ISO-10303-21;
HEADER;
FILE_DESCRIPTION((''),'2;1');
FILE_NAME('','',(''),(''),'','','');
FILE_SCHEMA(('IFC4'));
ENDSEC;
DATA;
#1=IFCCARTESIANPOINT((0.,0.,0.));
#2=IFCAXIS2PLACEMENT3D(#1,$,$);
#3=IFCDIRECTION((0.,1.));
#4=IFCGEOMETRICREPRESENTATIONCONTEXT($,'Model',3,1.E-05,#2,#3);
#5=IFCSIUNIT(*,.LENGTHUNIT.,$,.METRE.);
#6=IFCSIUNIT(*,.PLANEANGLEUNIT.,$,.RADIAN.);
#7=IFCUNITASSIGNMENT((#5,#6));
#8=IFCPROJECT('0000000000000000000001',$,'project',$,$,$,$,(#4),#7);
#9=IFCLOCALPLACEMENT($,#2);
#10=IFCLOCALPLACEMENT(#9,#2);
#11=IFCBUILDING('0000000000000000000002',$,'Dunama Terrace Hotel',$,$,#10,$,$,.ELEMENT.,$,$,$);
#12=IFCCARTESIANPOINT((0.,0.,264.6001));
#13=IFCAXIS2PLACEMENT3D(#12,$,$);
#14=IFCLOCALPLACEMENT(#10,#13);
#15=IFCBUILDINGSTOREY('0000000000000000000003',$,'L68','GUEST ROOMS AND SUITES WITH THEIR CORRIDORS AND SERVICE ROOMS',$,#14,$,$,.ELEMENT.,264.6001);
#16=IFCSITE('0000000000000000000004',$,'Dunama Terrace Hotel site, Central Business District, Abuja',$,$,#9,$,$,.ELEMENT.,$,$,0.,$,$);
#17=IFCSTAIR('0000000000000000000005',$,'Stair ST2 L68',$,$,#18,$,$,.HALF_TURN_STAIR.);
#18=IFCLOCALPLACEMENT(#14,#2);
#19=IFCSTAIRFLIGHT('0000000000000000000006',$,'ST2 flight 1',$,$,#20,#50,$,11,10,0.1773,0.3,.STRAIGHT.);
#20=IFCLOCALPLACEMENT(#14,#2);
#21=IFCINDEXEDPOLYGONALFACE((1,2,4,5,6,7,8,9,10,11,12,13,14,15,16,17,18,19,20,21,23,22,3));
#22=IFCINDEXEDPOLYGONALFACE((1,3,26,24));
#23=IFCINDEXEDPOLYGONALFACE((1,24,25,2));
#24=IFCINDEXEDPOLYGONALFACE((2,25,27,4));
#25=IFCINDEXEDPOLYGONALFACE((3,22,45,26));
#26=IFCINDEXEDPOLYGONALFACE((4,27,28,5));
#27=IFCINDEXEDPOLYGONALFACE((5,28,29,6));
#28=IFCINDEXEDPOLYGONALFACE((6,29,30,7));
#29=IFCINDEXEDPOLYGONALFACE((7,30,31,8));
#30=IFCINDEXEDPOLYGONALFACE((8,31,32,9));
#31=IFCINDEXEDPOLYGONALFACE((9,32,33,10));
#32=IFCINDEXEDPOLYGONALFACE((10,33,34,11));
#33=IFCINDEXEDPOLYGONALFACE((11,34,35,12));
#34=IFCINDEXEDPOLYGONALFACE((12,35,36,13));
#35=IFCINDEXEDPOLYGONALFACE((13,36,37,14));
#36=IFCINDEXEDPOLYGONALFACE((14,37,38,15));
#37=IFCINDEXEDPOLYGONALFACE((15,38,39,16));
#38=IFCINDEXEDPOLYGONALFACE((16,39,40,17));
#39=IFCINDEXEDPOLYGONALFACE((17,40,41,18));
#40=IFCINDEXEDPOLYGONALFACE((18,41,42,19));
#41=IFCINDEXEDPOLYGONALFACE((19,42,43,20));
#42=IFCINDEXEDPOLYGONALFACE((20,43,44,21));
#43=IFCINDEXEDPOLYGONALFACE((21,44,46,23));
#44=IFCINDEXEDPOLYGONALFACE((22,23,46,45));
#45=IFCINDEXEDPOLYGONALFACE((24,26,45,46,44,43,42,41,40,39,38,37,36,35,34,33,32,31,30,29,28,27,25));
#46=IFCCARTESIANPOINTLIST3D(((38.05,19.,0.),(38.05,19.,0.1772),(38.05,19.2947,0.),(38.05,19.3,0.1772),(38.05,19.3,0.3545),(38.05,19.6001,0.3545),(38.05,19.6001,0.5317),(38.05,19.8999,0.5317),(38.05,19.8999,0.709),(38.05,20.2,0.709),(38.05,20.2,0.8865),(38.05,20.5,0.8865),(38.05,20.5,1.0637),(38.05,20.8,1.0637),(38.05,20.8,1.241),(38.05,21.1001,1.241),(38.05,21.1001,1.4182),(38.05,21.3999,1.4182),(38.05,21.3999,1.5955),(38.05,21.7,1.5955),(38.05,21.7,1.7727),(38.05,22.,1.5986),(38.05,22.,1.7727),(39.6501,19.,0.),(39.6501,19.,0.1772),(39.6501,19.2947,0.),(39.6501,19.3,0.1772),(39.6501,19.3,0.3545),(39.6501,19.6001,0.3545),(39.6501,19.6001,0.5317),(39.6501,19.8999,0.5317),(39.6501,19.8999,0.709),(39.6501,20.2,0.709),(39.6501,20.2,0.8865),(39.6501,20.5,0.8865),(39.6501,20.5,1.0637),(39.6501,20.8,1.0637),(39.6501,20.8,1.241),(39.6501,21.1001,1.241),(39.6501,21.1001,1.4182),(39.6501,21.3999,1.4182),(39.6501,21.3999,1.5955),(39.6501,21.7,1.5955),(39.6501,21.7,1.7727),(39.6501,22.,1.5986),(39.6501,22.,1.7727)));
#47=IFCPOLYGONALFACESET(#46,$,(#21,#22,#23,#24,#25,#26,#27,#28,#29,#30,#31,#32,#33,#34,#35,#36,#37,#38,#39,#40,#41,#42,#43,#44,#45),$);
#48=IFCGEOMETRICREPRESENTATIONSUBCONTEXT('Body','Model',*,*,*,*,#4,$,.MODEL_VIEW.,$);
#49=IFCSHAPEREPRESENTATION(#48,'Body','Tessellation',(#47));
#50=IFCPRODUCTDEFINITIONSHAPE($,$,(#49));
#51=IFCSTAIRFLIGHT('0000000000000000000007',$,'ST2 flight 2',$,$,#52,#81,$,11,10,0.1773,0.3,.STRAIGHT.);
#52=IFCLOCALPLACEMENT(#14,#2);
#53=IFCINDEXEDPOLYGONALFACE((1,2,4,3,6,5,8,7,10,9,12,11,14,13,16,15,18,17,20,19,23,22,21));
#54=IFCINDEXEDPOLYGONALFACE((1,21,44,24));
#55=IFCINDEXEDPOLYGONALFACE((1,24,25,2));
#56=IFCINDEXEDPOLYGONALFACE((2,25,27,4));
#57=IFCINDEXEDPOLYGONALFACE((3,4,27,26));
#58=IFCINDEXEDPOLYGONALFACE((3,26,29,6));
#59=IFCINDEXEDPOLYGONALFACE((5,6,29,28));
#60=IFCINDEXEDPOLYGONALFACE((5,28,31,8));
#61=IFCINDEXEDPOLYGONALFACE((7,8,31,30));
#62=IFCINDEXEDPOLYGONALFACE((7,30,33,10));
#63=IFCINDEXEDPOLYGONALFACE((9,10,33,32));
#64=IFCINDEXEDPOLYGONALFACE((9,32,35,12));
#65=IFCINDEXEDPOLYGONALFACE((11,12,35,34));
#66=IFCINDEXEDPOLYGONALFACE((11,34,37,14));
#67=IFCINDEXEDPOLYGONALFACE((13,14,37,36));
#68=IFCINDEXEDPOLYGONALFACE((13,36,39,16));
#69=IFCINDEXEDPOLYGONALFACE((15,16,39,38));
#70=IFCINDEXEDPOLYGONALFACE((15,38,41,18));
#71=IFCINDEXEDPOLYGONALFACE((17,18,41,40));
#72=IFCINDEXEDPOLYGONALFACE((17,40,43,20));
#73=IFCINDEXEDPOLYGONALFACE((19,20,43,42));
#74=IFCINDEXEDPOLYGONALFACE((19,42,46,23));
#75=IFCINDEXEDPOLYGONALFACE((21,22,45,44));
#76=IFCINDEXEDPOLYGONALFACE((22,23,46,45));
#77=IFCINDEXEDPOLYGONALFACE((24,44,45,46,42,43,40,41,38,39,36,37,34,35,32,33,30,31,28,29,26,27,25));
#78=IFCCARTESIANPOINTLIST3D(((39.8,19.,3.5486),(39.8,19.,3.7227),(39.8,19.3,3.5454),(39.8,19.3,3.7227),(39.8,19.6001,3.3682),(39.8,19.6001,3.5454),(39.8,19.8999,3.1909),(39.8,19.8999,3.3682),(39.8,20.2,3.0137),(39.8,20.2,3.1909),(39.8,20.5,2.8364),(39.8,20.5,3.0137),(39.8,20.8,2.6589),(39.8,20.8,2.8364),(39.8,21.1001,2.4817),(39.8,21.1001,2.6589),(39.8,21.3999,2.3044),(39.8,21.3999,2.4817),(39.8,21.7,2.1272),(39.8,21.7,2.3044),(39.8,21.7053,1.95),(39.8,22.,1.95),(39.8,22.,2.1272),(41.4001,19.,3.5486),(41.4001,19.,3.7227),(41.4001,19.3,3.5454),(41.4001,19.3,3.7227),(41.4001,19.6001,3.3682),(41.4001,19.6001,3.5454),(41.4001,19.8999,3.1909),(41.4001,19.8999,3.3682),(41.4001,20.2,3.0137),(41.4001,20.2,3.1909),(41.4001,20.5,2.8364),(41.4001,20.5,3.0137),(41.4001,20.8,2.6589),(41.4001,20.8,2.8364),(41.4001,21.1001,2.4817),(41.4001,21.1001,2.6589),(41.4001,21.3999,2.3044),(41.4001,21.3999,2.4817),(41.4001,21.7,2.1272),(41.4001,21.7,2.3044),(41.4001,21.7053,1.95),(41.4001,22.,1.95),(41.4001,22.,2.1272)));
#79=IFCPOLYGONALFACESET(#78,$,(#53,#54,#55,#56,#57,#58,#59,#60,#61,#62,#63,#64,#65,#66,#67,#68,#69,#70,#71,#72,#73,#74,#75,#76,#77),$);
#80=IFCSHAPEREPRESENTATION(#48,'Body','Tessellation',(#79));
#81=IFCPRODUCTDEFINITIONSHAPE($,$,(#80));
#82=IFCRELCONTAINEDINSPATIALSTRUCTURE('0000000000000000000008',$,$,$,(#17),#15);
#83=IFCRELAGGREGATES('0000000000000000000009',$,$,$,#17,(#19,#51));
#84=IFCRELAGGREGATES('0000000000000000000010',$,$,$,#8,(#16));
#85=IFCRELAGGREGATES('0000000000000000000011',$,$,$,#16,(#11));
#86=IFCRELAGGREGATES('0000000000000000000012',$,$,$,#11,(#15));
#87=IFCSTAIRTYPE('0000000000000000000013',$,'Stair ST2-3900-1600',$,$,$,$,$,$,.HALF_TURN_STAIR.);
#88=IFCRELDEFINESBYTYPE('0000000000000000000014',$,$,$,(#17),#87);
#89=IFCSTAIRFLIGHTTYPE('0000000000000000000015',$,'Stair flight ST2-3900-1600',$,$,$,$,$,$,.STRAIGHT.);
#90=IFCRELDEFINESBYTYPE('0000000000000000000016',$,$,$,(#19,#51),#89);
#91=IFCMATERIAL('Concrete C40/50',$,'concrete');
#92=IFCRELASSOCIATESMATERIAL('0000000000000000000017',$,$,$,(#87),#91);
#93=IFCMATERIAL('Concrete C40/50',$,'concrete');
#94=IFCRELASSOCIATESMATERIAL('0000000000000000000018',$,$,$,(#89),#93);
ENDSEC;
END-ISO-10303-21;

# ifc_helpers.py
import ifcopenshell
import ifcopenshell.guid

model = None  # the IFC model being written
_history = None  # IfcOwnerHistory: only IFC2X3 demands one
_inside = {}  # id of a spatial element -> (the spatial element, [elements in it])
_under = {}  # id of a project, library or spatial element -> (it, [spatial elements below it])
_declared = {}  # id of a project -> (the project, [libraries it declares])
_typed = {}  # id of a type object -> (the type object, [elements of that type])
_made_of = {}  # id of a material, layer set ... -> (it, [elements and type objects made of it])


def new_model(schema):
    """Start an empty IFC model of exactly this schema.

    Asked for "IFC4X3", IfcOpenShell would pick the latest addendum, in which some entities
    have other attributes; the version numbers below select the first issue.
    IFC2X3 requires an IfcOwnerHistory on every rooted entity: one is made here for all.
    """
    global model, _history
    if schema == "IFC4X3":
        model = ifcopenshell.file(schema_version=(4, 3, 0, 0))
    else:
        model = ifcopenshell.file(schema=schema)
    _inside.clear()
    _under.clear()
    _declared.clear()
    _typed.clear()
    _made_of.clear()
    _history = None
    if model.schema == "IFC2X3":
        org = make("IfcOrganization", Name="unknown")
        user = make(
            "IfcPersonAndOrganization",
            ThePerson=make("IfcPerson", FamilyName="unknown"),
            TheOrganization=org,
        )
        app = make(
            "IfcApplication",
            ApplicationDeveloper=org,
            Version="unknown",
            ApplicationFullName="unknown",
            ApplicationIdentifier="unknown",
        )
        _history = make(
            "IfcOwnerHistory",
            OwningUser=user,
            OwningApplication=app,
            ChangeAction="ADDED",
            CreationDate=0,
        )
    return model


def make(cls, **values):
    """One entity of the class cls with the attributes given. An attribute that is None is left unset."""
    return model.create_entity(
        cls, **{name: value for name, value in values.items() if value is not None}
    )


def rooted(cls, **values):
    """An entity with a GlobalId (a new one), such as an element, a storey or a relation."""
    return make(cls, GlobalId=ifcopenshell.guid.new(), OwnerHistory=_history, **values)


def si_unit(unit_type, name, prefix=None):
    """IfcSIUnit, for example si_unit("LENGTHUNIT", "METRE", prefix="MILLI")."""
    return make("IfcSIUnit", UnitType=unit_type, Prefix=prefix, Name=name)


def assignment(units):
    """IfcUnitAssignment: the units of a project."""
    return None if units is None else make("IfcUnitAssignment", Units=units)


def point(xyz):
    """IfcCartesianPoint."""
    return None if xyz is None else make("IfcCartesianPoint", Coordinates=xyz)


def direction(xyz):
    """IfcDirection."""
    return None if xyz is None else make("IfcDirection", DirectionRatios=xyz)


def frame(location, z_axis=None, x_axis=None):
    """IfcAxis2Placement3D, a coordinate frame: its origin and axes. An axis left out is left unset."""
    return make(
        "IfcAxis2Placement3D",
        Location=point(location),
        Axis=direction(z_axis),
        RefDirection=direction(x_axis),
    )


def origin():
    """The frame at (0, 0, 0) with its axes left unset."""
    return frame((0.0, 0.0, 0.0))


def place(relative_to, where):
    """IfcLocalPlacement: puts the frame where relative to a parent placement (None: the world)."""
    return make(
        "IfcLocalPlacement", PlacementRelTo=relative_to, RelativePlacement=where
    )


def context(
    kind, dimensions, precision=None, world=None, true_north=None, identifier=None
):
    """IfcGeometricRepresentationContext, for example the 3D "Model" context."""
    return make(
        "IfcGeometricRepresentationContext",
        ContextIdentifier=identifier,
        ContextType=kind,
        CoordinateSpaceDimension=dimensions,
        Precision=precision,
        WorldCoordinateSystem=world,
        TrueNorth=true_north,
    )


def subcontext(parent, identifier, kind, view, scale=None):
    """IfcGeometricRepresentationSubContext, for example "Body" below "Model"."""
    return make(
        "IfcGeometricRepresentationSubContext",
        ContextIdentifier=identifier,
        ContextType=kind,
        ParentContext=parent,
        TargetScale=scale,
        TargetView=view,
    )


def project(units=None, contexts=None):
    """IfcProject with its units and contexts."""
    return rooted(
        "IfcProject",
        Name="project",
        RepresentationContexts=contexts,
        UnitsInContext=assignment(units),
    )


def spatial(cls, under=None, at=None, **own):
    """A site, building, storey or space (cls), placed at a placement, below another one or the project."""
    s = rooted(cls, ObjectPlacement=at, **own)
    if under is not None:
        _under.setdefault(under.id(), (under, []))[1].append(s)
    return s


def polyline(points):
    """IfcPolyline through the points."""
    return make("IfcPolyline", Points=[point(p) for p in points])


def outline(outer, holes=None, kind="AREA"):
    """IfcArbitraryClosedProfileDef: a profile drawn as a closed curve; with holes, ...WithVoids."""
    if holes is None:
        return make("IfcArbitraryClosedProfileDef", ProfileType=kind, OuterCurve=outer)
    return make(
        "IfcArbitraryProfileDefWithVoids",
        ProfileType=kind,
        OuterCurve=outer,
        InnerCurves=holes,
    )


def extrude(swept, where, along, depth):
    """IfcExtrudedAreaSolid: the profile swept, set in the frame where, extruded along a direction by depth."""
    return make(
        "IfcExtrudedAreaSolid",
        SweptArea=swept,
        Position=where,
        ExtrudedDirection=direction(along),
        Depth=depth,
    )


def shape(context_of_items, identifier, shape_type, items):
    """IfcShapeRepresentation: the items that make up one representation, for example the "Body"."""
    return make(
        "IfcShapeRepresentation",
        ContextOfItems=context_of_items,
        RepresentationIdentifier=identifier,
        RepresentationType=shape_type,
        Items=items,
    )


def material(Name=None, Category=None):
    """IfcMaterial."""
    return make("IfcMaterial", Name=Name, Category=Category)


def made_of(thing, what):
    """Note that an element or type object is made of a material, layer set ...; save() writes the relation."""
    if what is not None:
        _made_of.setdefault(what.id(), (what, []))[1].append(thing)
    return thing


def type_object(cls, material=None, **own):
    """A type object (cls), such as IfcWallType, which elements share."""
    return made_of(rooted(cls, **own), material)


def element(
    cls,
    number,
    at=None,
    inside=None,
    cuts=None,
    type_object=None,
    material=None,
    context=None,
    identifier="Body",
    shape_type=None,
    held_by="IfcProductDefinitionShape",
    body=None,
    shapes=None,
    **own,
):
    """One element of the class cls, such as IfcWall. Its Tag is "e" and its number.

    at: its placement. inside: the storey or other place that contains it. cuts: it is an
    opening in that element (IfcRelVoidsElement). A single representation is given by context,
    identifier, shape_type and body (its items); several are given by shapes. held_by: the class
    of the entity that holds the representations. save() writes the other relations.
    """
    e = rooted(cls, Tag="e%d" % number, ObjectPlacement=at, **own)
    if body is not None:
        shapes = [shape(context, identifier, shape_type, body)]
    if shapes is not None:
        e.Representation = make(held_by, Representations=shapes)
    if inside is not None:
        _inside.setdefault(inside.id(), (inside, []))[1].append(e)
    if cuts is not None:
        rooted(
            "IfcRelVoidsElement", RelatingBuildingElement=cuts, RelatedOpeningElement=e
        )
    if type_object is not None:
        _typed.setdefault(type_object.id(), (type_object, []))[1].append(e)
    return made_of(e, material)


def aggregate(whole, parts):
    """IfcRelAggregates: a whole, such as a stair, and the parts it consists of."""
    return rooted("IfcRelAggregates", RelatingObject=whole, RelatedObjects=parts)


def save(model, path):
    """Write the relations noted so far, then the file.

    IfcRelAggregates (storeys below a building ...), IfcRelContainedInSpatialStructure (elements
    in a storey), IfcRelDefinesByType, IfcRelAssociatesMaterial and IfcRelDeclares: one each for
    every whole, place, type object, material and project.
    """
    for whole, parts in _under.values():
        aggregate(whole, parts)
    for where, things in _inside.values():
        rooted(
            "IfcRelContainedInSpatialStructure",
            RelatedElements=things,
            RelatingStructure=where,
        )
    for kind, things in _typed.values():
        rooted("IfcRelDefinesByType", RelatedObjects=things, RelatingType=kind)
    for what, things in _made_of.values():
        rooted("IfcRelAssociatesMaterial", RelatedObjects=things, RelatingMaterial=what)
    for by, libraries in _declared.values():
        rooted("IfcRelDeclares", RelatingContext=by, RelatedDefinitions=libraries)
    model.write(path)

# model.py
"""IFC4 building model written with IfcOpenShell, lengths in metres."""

from ifc_helpers import new_model, si_unit, direction, frame, origin, place, context, subcontext, project, spatial, polyline, outline, extrude, material, type_object, element, aggregate, save


model = new_model("IFC4")

# Units and contexts
model_context = context("Model", 3, precision=1e-05, world=origin(), true_north=direction((0.0, 1.0)))
body_context = subcontext(model_context, "Body", "Model", "MODEL_VIEW")
ifc_project = project(units=[si_unit("LENGTHUNIT", "METRE"), si_unit("PLANEANGLEUNIT", "RADIAN")], contexts=[model_context])

# Site, building, storey
site_placement = place(None, origin())
site = spatial("IfcSite", under=ifc_project, at=site_placement, Name="Dunama Terrace Hotel site, Central Business District, Abuja", CompositionType="ELEMENT", RefElevation=0.0)
building_placement = place(site_placement, origin())
building = spatial("IfcBuilding", under=site, at=building_placement, Name="Dunama Terrace Hotel", CompositionType="ELEMENT")
storey_placement = place(building_placement, frame((0.0, 0.0, 264.6001)))
storey = spatial("IfcBuildingStorey", under=building, at=storey_placement, Name="L68", Description="GUEST ROOMS AND SUITES WITH THEIR CORRIDORS AND SERVICE ROOMS", CompositionType="ELEMENT", Elevation=264.6001)

# Stair, stair flights
ifc_material_1 = material(Name="Concrete C40/50", Category="concrete")
stair_type = type_object("IfcStairType", Name="Stair ST2-3900-1600", PredefinedType="HALF_TURN_STAIR", material=ifc_material_1)
stair_placement = place(storey_placement, origin())
stair = element("IfcStair", 1, at=stair_placement, inside=storey, type_object=stair_type, Name="Stair ST2 L68", PredefinedType="HALF_TURN_STAIR")
ifc_material_2 = material(Name="Concrete C40/50", Category="concrete")
stair_flight_type = type_object("IfcStairFlightType", Name="Stair flight ST2-3900-1600", PredefinedType="STRAIGHT", material=ifc_material_2)
stair_flight_1_placement = place(storey_placement, frame((38.8501, 19.0, 0.0), z_axis=(0.0, 0.0, 1.0), x_axis=(0.0, 1.0, 0.0)))
stair_flight_1 = element("IfcStairFlight", 2, at=stair_flight_1_placement, type_object=stair_flight_type, Name="ST2 flight 1", NumberOfRisers=11, NumberOfTreads=10, PredefinedType="STRAIGHT", RiserHeight=0.1773, TreadLength=0.3, context=body_context, shape_type="SweptSolid", body=[
    extrude(outline(polyline([(0.0, 0.0), (0.0, 0.1772), (0.3, 0.1772), (0.3, 0.3545), (0.6001, 0.3545), (0.6001, 0.5317), (0.8999, 0.5317), (0.8999, 0.709), (1.2, 0.709), (1.2, 0.8865), (1.5, 0.8865), (1.5, 1.0637), (1.8, 1.0637), (1.8, 1.241), (2.1001, 1.241), (2.1001, 1.4182), (2.3999, 1.4182), (2.3999, 1.5955), (2.7, 1.5955), (2.7, 1.7727), (3.0, 1.7727), (3.0, 1.95), (3.0, 1.5986), (0.2947, 0.0), (0.0, 0.0)])), frame((0.0, 0.8, 0.0), z_axis=(0.0, -1.0, 0.0), x_axis=(1.0, 0.0, 0.0)), (0.0, 0.0, 1.0), 1.6001),
])
stair_flight_2_placement = place(storey_placement, frame((40.6001, 22.0, 1.95), z_axis=(0.0, 0.0, 1.0), x_axis=(0.0, -1.0, 0.0)))
stair_flight_2 = element("IfcStairFlight", 3, at=stair_flight_2_placement, type_object=stair_flight_type, Name="ST2 flight 2", NumberOfRisers=11, NumberOfTreads=10, PredefinedType="STRAIGHT", RiserHeight=0.1773, TreadLength=0.3, context=body_context, shape_type="SweptSolid", body=[
    extrude(outline(polyline([(0.0, 0.0), (0.0, 0.1772), (0.3, 0.1772), (0.3, 0.3545), (0.6001, 0.3545), (0.6001, 0.5317), (0.8999, 0.5317), (0.8999, 0.709), (1.2, 0.709), (1.2, 0.8865), (1.5, 0.8865), (1.5, 1.0637), (1.8, 1.0637), (1.8, 1.241), (2.1001, 1.241), (2.1001, 1.4182), (2.3999, 1.4182), (2.3999, 1.5955), (2.7, 1.5955), (2.7, 1.7727), (3.0, 1.7727), (3.0, 1.95), (3.0, 1.5986), (0.2947, 0.0), (0.0, 0.0)])), frame((0.0, 0.8, 0.0), z_axis=(0.0, -1.0, 0.0), x_axis=(1.0, 0.0, 0.0)), (0.0, 0.0, 1.0), 1.6001),
])
aggregate(stair, [stair_flight_1, stair_flight_2])

save(model, "model.ifc")
